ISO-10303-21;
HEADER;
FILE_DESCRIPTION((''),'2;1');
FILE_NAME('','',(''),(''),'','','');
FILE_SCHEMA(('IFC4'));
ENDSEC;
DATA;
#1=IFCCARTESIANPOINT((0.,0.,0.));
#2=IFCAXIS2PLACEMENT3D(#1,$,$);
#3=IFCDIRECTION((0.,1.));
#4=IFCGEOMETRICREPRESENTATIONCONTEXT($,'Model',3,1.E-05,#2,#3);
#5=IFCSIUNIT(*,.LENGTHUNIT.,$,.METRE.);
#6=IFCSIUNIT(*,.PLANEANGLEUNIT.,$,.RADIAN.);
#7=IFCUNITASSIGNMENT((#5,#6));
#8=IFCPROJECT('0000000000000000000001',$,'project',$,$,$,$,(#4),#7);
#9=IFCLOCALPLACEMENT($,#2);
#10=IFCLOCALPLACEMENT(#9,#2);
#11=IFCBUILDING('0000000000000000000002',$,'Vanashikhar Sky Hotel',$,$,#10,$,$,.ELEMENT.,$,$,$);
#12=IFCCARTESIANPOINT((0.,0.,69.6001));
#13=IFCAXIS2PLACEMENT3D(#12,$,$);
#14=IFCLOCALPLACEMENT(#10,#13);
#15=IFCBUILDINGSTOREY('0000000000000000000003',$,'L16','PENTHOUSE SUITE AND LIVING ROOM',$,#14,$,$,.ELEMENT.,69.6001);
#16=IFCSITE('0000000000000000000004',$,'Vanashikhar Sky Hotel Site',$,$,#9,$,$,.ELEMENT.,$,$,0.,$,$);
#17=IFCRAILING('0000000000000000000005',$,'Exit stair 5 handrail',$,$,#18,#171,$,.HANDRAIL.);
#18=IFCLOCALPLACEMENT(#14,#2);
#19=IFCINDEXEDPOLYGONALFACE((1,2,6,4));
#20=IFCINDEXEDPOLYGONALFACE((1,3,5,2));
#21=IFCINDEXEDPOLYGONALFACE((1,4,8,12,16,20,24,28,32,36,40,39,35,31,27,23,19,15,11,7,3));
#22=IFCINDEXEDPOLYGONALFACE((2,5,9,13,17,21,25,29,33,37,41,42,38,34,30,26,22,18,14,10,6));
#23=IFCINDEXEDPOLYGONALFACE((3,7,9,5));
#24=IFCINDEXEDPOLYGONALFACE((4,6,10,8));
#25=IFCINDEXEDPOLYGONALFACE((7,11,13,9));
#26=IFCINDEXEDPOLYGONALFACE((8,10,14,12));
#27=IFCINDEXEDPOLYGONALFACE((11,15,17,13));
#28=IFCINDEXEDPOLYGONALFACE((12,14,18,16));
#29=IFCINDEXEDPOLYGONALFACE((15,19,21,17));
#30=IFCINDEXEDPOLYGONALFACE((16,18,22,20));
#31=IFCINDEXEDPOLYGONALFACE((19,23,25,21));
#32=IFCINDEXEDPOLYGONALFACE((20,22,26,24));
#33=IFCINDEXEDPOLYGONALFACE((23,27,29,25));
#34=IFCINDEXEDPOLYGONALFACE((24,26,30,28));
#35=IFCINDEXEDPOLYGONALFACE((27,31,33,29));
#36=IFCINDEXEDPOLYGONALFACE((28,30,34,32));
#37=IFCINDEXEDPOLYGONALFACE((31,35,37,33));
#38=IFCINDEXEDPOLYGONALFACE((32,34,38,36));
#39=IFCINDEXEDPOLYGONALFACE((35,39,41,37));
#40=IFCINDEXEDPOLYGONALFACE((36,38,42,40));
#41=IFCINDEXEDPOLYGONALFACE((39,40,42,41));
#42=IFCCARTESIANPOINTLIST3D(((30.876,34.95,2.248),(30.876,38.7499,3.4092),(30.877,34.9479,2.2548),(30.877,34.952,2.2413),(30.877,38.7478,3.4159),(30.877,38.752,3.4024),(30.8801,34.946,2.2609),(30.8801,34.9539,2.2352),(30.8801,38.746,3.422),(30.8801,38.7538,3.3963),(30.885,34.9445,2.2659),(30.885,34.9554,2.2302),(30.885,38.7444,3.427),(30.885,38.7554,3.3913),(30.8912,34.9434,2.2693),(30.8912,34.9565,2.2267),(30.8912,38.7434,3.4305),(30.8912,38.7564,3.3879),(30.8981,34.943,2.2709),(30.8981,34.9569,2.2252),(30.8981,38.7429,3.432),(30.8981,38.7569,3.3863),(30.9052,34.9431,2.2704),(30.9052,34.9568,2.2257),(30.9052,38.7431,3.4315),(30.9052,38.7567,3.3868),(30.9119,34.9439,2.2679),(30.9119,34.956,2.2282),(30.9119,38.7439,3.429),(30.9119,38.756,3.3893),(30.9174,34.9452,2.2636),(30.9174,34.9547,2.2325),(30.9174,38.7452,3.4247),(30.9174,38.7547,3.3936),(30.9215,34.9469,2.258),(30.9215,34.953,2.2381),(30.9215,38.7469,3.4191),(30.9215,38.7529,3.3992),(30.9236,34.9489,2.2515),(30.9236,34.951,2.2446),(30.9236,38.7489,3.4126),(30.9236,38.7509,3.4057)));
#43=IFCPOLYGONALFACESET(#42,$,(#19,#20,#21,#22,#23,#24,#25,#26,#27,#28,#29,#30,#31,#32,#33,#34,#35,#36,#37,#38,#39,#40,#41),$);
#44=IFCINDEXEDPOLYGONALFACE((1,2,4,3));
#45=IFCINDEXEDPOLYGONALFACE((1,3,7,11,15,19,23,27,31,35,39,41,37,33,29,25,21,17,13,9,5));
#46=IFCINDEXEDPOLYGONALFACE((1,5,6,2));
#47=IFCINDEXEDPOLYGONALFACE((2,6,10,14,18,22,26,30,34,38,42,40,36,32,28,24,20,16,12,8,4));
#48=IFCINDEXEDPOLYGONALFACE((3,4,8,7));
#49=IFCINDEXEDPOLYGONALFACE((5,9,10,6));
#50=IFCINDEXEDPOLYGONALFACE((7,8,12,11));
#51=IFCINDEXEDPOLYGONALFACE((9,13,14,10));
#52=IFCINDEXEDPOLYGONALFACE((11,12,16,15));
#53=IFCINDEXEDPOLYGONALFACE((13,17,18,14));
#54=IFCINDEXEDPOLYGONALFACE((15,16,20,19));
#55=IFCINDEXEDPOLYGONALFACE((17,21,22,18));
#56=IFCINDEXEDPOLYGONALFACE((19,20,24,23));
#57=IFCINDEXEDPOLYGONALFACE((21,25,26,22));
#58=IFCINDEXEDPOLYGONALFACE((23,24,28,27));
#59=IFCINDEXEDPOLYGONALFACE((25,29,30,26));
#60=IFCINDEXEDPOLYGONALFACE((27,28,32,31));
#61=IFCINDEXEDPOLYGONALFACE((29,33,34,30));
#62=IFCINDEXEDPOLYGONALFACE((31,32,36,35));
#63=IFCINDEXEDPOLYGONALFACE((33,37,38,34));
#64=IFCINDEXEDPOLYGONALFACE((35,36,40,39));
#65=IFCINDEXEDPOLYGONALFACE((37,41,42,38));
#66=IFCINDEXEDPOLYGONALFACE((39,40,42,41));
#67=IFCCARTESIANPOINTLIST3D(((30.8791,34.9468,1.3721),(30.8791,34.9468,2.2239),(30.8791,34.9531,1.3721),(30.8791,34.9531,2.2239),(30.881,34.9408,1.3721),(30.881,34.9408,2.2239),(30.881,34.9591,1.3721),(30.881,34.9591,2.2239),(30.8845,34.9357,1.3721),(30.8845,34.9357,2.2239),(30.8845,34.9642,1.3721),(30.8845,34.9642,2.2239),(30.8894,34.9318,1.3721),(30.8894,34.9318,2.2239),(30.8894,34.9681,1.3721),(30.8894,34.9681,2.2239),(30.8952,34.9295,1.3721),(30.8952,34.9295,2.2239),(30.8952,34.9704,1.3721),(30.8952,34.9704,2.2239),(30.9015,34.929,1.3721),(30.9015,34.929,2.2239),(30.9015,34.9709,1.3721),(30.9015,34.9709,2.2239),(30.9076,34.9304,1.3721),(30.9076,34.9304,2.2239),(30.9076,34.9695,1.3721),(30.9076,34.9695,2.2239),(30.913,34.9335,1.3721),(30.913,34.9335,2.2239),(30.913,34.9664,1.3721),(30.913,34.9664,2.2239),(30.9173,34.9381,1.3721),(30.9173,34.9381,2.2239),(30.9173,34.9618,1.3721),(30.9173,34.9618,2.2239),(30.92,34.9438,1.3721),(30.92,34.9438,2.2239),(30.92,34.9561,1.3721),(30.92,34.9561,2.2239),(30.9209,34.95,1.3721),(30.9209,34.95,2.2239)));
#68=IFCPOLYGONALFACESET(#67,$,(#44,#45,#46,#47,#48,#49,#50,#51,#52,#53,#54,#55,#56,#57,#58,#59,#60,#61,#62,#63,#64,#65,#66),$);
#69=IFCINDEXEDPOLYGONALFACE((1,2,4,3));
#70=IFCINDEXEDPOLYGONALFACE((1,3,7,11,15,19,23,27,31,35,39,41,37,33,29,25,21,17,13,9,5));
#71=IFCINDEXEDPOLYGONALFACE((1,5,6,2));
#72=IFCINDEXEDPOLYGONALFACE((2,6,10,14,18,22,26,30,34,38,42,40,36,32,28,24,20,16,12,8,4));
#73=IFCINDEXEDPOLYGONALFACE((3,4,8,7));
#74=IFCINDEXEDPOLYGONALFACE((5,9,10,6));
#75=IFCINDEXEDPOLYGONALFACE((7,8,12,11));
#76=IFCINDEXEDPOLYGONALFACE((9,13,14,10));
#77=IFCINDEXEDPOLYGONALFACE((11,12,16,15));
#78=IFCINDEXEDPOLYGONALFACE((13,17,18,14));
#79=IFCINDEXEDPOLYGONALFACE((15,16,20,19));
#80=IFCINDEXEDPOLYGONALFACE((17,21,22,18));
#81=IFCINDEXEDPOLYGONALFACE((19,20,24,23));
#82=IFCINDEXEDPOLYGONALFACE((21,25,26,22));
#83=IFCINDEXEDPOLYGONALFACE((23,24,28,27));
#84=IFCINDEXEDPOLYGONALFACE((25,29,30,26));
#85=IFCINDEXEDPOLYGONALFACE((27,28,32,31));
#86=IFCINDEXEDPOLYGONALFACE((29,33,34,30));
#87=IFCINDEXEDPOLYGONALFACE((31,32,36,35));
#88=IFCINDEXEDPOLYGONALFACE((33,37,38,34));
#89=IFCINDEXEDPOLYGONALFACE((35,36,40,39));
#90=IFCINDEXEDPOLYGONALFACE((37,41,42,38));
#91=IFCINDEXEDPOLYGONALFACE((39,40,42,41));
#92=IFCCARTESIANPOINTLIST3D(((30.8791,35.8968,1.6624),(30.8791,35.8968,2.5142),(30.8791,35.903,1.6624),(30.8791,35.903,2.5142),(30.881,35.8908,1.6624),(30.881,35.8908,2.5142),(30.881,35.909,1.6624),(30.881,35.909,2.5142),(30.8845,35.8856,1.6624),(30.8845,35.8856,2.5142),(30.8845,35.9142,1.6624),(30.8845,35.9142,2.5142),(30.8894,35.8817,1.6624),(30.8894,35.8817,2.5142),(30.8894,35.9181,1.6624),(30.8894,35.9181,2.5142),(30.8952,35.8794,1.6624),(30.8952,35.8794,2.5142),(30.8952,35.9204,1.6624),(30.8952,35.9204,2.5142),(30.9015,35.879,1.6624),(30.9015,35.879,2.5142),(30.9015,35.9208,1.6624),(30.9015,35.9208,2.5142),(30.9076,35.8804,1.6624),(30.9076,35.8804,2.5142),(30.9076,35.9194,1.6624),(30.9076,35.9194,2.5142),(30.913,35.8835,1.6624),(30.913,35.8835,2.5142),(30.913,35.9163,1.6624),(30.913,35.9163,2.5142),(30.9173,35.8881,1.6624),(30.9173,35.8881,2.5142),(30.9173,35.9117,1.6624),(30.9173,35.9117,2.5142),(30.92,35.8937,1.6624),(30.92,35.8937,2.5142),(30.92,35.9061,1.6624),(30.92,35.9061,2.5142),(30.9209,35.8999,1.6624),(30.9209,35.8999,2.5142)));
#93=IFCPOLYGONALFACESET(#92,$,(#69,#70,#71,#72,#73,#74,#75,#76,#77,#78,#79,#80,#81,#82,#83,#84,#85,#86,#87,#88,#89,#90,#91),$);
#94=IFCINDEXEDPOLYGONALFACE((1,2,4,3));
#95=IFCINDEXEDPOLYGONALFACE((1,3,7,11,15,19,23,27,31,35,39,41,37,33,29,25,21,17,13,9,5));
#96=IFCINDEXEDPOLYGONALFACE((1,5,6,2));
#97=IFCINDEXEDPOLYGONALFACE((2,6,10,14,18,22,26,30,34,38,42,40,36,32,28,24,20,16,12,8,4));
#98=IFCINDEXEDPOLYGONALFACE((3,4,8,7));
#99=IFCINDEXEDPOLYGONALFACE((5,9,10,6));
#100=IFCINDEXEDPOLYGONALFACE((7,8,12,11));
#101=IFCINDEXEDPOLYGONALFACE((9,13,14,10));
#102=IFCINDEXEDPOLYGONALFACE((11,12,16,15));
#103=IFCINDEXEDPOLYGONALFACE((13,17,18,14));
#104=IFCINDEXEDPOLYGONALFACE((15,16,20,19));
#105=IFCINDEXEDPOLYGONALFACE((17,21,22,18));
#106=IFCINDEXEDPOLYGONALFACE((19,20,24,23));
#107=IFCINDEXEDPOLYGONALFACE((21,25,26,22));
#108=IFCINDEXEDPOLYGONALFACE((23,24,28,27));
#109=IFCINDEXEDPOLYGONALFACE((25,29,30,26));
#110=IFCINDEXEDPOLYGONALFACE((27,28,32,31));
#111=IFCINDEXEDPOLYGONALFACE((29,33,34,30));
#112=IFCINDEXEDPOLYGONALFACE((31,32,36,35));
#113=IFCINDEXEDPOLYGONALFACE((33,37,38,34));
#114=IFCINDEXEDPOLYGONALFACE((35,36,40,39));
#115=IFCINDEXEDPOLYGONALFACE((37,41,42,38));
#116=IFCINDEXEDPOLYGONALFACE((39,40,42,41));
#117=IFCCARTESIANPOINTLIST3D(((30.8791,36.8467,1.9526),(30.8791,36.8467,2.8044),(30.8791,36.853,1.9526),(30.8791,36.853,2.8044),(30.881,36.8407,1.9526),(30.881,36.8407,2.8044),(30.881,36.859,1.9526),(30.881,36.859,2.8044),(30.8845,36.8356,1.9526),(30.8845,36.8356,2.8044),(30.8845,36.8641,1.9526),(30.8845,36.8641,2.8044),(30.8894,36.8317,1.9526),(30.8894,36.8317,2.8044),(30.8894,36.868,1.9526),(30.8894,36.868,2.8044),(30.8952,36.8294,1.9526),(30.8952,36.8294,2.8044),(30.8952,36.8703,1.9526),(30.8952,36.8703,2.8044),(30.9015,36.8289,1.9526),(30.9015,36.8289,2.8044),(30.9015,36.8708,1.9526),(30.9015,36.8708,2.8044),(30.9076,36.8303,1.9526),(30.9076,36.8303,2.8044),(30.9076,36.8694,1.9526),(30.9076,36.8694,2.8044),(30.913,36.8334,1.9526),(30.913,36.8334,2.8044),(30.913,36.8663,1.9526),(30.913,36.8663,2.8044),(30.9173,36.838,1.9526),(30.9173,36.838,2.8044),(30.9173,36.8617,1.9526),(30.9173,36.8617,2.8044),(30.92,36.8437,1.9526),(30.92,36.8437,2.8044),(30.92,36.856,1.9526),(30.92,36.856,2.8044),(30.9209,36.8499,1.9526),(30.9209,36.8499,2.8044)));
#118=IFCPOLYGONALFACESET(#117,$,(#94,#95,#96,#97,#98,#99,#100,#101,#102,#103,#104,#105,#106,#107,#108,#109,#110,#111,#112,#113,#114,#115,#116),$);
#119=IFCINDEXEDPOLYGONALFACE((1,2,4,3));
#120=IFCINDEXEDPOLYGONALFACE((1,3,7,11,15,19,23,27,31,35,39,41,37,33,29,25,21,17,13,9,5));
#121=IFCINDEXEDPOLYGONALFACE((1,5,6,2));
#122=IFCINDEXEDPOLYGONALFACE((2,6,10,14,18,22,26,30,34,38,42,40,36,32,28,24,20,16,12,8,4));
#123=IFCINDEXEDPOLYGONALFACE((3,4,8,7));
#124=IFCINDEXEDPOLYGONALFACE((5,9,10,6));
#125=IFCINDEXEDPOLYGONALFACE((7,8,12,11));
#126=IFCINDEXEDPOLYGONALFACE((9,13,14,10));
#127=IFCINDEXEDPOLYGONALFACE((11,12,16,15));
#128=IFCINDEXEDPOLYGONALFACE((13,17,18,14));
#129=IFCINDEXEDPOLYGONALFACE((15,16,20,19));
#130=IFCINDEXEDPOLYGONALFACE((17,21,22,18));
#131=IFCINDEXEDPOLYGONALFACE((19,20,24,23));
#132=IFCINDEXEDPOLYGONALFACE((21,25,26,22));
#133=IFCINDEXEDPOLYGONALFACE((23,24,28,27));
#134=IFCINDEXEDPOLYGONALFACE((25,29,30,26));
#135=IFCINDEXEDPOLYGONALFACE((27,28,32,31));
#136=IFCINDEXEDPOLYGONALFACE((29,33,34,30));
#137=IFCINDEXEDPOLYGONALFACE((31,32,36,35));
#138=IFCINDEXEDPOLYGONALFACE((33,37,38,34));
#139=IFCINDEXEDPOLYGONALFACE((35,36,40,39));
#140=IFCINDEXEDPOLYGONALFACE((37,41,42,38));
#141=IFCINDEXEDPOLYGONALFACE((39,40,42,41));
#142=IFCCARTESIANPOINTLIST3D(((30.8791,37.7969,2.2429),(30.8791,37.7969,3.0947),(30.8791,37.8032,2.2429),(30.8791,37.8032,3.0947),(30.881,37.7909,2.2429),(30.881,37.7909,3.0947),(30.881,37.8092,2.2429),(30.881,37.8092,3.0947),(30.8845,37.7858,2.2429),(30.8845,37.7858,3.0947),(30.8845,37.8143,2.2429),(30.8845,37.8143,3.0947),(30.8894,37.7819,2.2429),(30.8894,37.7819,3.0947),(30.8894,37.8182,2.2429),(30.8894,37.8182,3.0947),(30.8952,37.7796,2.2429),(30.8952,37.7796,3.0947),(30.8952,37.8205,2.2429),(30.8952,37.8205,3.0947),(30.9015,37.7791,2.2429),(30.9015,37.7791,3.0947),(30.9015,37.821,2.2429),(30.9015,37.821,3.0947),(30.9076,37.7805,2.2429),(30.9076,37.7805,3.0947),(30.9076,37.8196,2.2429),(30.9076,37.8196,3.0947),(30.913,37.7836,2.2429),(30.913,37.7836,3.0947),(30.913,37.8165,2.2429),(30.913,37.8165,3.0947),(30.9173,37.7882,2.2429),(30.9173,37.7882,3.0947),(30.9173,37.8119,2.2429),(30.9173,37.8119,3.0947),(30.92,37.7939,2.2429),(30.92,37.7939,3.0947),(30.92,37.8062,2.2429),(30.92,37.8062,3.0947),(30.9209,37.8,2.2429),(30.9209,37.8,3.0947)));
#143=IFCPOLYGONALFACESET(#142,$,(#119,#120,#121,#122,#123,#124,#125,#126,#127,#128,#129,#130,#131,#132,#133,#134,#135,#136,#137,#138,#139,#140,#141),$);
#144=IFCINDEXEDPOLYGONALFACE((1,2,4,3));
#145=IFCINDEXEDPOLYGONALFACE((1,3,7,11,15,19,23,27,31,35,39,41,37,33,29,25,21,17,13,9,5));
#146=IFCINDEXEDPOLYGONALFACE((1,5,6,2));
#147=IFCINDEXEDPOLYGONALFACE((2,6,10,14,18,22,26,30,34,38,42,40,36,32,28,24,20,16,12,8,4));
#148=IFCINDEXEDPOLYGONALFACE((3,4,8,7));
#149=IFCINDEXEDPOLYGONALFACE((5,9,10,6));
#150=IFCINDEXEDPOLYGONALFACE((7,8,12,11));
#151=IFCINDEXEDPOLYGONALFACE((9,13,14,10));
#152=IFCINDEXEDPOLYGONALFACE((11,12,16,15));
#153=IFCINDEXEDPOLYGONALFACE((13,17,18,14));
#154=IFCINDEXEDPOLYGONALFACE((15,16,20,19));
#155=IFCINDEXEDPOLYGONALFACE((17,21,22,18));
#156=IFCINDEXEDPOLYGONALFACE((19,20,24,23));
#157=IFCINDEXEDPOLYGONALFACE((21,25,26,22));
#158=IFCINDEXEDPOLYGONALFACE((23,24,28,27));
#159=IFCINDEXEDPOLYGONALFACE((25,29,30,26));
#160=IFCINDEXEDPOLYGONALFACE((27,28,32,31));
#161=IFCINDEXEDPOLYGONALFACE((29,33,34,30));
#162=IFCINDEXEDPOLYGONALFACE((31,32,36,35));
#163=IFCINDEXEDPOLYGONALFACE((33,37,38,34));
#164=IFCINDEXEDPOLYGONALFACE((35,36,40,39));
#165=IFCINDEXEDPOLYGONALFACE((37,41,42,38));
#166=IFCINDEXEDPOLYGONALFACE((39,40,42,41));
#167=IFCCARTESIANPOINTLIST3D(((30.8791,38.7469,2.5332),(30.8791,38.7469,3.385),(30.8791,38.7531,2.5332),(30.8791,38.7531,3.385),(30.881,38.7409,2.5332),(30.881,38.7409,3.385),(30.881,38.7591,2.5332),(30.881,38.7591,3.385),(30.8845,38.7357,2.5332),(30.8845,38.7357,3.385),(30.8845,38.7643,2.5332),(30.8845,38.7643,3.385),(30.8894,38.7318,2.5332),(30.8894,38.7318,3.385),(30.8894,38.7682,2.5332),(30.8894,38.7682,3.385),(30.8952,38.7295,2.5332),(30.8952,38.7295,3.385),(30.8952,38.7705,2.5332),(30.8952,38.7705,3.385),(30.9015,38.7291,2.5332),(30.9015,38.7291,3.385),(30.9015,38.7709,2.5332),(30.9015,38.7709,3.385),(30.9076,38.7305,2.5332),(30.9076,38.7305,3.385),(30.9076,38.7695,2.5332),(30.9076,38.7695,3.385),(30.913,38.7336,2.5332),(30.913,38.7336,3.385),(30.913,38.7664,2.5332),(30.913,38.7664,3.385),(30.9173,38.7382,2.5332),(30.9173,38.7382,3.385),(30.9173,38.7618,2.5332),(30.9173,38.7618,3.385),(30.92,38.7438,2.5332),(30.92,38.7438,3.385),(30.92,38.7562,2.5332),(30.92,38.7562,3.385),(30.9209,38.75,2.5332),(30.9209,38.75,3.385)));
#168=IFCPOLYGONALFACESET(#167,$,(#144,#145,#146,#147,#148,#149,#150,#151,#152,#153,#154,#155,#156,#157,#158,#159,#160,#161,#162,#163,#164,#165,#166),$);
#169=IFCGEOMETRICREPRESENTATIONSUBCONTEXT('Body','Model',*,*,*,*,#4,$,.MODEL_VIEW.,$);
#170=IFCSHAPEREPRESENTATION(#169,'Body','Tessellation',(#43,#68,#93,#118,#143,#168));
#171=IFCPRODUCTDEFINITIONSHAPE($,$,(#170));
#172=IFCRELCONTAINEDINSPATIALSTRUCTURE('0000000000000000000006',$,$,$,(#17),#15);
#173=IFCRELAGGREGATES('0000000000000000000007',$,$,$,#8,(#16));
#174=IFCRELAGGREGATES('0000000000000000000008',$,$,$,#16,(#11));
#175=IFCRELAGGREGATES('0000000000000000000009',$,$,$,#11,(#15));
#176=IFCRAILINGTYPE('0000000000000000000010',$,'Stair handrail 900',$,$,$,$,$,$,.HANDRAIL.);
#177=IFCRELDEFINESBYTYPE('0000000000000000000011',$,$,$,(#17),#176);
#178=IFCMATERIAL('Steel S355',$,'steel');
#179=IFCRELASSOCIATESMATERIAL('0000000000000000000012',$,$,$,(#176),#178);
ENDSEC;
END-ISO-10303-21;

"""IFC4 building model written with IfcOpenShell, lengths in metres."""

from ifc_helpers import new_model, si_unit, direction, frame, origin, origin_2d, place, context, subcontext, project, spatial, circle, extrude, source, transform, mapped, material, type_object, element, save


model = new_model("IFC4")

# Units and contexts
model_context = context("Model", 3, precision=1e-05, world=origin(), true_north=direction((0.0, 1.0)))
body_context = subcontext(model_context, "Body", "Model", "MODEL_VIEW")
ifc_project = project(units=[si_unit("LENGTHUNIT", "METRE"), si_unit("PLANEANGLEUNIT", "RADIAN")], contexts=[model_context])

# Site, building, storey
site_placement = place(None, origin())
site = spatial("IfcSite", under=ifc_project, at=site_placement, Name="Vanashikhar Sky Hotel Site", CompositionType="ELEMENT", RefElevation=0.0)
building_placement = place(site_placement, origin())
building = spatial("IfcBuilding", under=site, at=building_placement, Name="Vanashikhar Sky Hotel", CompositionType="ELEMENT")
storey_placement = place(building_placement, frame((0.0, 0.0, 69.6001)))
storey = spatial("IfcBuildingStorey", under=building, at=storey_placement, Name="L16", Description="PENTHOUSE SUITE AND LIVING ROOM", CompositionType="ELEMENT", Elevation=69.6001)

# Railing
ifc_material_1 = material(Name="Steel S355", Category="steel")
railing_type_1 = type_object("IfcRailingType", Name="Stair handrail 900", PredefinedType="HANDRAIL", material=ifc_material_1)
shared_shape_1 = source(origin(), body_context, "Body", "SweptSolid", [
    extrude(circle(Radius=0.0239, at=origin_2d()), frame((0.0, 0.0, 0.876), z_axis=(0.0, 0.956351, 0.29222), x_axis=(-1.0, 0.0, 0.0)), (0.0, 0.0, 1.0), 3.9734),
    extrude(circle(Radius=0.021, at=origin_2d()), origin(), (0.0, 0.0, 1.0), 0.8518),
    extrude(circle(Radius=0.021, at=origin_2d()), frame((0.0, 0.95, 0.2903)), (0.0, 0.0, 1.0), 0.8518),
    extrude(circle(Radius=0.021, at=origin_2d()), frame((0.0, 1.8999, 0.5806)), (0.0, 0.0, 1.0), 0.8518),
    extrude(circle(Radius=0.021, at=origin_2d()), frame((0.0, 2.8501, 0.8708)), (0.0, 0.0, 1.0), 0.8518),
    extrude(circle(Radius=0.021, at=origin_2d()), frame((0.0, 3.8, 1.1611)), (0.0, 0.0, 1.0), 0.8518),
])
railing_1_placement = place(storey_placement, frame((30.8999, 34.95, 1.3721)))
element("IfcRailing", 1, at=railing_1_placement, inside=storey, type_object=railing_type_1, Name="Exit stair 5 handrail", PredefinedType="HANDRAIL", context=body_context, shape_type="MappedRepresentation", body=[
    mapped(shared_shape_1, transform((0.0, 0.0, 0.0), scale=1.0)),
])

save(model, "model.ifc")
